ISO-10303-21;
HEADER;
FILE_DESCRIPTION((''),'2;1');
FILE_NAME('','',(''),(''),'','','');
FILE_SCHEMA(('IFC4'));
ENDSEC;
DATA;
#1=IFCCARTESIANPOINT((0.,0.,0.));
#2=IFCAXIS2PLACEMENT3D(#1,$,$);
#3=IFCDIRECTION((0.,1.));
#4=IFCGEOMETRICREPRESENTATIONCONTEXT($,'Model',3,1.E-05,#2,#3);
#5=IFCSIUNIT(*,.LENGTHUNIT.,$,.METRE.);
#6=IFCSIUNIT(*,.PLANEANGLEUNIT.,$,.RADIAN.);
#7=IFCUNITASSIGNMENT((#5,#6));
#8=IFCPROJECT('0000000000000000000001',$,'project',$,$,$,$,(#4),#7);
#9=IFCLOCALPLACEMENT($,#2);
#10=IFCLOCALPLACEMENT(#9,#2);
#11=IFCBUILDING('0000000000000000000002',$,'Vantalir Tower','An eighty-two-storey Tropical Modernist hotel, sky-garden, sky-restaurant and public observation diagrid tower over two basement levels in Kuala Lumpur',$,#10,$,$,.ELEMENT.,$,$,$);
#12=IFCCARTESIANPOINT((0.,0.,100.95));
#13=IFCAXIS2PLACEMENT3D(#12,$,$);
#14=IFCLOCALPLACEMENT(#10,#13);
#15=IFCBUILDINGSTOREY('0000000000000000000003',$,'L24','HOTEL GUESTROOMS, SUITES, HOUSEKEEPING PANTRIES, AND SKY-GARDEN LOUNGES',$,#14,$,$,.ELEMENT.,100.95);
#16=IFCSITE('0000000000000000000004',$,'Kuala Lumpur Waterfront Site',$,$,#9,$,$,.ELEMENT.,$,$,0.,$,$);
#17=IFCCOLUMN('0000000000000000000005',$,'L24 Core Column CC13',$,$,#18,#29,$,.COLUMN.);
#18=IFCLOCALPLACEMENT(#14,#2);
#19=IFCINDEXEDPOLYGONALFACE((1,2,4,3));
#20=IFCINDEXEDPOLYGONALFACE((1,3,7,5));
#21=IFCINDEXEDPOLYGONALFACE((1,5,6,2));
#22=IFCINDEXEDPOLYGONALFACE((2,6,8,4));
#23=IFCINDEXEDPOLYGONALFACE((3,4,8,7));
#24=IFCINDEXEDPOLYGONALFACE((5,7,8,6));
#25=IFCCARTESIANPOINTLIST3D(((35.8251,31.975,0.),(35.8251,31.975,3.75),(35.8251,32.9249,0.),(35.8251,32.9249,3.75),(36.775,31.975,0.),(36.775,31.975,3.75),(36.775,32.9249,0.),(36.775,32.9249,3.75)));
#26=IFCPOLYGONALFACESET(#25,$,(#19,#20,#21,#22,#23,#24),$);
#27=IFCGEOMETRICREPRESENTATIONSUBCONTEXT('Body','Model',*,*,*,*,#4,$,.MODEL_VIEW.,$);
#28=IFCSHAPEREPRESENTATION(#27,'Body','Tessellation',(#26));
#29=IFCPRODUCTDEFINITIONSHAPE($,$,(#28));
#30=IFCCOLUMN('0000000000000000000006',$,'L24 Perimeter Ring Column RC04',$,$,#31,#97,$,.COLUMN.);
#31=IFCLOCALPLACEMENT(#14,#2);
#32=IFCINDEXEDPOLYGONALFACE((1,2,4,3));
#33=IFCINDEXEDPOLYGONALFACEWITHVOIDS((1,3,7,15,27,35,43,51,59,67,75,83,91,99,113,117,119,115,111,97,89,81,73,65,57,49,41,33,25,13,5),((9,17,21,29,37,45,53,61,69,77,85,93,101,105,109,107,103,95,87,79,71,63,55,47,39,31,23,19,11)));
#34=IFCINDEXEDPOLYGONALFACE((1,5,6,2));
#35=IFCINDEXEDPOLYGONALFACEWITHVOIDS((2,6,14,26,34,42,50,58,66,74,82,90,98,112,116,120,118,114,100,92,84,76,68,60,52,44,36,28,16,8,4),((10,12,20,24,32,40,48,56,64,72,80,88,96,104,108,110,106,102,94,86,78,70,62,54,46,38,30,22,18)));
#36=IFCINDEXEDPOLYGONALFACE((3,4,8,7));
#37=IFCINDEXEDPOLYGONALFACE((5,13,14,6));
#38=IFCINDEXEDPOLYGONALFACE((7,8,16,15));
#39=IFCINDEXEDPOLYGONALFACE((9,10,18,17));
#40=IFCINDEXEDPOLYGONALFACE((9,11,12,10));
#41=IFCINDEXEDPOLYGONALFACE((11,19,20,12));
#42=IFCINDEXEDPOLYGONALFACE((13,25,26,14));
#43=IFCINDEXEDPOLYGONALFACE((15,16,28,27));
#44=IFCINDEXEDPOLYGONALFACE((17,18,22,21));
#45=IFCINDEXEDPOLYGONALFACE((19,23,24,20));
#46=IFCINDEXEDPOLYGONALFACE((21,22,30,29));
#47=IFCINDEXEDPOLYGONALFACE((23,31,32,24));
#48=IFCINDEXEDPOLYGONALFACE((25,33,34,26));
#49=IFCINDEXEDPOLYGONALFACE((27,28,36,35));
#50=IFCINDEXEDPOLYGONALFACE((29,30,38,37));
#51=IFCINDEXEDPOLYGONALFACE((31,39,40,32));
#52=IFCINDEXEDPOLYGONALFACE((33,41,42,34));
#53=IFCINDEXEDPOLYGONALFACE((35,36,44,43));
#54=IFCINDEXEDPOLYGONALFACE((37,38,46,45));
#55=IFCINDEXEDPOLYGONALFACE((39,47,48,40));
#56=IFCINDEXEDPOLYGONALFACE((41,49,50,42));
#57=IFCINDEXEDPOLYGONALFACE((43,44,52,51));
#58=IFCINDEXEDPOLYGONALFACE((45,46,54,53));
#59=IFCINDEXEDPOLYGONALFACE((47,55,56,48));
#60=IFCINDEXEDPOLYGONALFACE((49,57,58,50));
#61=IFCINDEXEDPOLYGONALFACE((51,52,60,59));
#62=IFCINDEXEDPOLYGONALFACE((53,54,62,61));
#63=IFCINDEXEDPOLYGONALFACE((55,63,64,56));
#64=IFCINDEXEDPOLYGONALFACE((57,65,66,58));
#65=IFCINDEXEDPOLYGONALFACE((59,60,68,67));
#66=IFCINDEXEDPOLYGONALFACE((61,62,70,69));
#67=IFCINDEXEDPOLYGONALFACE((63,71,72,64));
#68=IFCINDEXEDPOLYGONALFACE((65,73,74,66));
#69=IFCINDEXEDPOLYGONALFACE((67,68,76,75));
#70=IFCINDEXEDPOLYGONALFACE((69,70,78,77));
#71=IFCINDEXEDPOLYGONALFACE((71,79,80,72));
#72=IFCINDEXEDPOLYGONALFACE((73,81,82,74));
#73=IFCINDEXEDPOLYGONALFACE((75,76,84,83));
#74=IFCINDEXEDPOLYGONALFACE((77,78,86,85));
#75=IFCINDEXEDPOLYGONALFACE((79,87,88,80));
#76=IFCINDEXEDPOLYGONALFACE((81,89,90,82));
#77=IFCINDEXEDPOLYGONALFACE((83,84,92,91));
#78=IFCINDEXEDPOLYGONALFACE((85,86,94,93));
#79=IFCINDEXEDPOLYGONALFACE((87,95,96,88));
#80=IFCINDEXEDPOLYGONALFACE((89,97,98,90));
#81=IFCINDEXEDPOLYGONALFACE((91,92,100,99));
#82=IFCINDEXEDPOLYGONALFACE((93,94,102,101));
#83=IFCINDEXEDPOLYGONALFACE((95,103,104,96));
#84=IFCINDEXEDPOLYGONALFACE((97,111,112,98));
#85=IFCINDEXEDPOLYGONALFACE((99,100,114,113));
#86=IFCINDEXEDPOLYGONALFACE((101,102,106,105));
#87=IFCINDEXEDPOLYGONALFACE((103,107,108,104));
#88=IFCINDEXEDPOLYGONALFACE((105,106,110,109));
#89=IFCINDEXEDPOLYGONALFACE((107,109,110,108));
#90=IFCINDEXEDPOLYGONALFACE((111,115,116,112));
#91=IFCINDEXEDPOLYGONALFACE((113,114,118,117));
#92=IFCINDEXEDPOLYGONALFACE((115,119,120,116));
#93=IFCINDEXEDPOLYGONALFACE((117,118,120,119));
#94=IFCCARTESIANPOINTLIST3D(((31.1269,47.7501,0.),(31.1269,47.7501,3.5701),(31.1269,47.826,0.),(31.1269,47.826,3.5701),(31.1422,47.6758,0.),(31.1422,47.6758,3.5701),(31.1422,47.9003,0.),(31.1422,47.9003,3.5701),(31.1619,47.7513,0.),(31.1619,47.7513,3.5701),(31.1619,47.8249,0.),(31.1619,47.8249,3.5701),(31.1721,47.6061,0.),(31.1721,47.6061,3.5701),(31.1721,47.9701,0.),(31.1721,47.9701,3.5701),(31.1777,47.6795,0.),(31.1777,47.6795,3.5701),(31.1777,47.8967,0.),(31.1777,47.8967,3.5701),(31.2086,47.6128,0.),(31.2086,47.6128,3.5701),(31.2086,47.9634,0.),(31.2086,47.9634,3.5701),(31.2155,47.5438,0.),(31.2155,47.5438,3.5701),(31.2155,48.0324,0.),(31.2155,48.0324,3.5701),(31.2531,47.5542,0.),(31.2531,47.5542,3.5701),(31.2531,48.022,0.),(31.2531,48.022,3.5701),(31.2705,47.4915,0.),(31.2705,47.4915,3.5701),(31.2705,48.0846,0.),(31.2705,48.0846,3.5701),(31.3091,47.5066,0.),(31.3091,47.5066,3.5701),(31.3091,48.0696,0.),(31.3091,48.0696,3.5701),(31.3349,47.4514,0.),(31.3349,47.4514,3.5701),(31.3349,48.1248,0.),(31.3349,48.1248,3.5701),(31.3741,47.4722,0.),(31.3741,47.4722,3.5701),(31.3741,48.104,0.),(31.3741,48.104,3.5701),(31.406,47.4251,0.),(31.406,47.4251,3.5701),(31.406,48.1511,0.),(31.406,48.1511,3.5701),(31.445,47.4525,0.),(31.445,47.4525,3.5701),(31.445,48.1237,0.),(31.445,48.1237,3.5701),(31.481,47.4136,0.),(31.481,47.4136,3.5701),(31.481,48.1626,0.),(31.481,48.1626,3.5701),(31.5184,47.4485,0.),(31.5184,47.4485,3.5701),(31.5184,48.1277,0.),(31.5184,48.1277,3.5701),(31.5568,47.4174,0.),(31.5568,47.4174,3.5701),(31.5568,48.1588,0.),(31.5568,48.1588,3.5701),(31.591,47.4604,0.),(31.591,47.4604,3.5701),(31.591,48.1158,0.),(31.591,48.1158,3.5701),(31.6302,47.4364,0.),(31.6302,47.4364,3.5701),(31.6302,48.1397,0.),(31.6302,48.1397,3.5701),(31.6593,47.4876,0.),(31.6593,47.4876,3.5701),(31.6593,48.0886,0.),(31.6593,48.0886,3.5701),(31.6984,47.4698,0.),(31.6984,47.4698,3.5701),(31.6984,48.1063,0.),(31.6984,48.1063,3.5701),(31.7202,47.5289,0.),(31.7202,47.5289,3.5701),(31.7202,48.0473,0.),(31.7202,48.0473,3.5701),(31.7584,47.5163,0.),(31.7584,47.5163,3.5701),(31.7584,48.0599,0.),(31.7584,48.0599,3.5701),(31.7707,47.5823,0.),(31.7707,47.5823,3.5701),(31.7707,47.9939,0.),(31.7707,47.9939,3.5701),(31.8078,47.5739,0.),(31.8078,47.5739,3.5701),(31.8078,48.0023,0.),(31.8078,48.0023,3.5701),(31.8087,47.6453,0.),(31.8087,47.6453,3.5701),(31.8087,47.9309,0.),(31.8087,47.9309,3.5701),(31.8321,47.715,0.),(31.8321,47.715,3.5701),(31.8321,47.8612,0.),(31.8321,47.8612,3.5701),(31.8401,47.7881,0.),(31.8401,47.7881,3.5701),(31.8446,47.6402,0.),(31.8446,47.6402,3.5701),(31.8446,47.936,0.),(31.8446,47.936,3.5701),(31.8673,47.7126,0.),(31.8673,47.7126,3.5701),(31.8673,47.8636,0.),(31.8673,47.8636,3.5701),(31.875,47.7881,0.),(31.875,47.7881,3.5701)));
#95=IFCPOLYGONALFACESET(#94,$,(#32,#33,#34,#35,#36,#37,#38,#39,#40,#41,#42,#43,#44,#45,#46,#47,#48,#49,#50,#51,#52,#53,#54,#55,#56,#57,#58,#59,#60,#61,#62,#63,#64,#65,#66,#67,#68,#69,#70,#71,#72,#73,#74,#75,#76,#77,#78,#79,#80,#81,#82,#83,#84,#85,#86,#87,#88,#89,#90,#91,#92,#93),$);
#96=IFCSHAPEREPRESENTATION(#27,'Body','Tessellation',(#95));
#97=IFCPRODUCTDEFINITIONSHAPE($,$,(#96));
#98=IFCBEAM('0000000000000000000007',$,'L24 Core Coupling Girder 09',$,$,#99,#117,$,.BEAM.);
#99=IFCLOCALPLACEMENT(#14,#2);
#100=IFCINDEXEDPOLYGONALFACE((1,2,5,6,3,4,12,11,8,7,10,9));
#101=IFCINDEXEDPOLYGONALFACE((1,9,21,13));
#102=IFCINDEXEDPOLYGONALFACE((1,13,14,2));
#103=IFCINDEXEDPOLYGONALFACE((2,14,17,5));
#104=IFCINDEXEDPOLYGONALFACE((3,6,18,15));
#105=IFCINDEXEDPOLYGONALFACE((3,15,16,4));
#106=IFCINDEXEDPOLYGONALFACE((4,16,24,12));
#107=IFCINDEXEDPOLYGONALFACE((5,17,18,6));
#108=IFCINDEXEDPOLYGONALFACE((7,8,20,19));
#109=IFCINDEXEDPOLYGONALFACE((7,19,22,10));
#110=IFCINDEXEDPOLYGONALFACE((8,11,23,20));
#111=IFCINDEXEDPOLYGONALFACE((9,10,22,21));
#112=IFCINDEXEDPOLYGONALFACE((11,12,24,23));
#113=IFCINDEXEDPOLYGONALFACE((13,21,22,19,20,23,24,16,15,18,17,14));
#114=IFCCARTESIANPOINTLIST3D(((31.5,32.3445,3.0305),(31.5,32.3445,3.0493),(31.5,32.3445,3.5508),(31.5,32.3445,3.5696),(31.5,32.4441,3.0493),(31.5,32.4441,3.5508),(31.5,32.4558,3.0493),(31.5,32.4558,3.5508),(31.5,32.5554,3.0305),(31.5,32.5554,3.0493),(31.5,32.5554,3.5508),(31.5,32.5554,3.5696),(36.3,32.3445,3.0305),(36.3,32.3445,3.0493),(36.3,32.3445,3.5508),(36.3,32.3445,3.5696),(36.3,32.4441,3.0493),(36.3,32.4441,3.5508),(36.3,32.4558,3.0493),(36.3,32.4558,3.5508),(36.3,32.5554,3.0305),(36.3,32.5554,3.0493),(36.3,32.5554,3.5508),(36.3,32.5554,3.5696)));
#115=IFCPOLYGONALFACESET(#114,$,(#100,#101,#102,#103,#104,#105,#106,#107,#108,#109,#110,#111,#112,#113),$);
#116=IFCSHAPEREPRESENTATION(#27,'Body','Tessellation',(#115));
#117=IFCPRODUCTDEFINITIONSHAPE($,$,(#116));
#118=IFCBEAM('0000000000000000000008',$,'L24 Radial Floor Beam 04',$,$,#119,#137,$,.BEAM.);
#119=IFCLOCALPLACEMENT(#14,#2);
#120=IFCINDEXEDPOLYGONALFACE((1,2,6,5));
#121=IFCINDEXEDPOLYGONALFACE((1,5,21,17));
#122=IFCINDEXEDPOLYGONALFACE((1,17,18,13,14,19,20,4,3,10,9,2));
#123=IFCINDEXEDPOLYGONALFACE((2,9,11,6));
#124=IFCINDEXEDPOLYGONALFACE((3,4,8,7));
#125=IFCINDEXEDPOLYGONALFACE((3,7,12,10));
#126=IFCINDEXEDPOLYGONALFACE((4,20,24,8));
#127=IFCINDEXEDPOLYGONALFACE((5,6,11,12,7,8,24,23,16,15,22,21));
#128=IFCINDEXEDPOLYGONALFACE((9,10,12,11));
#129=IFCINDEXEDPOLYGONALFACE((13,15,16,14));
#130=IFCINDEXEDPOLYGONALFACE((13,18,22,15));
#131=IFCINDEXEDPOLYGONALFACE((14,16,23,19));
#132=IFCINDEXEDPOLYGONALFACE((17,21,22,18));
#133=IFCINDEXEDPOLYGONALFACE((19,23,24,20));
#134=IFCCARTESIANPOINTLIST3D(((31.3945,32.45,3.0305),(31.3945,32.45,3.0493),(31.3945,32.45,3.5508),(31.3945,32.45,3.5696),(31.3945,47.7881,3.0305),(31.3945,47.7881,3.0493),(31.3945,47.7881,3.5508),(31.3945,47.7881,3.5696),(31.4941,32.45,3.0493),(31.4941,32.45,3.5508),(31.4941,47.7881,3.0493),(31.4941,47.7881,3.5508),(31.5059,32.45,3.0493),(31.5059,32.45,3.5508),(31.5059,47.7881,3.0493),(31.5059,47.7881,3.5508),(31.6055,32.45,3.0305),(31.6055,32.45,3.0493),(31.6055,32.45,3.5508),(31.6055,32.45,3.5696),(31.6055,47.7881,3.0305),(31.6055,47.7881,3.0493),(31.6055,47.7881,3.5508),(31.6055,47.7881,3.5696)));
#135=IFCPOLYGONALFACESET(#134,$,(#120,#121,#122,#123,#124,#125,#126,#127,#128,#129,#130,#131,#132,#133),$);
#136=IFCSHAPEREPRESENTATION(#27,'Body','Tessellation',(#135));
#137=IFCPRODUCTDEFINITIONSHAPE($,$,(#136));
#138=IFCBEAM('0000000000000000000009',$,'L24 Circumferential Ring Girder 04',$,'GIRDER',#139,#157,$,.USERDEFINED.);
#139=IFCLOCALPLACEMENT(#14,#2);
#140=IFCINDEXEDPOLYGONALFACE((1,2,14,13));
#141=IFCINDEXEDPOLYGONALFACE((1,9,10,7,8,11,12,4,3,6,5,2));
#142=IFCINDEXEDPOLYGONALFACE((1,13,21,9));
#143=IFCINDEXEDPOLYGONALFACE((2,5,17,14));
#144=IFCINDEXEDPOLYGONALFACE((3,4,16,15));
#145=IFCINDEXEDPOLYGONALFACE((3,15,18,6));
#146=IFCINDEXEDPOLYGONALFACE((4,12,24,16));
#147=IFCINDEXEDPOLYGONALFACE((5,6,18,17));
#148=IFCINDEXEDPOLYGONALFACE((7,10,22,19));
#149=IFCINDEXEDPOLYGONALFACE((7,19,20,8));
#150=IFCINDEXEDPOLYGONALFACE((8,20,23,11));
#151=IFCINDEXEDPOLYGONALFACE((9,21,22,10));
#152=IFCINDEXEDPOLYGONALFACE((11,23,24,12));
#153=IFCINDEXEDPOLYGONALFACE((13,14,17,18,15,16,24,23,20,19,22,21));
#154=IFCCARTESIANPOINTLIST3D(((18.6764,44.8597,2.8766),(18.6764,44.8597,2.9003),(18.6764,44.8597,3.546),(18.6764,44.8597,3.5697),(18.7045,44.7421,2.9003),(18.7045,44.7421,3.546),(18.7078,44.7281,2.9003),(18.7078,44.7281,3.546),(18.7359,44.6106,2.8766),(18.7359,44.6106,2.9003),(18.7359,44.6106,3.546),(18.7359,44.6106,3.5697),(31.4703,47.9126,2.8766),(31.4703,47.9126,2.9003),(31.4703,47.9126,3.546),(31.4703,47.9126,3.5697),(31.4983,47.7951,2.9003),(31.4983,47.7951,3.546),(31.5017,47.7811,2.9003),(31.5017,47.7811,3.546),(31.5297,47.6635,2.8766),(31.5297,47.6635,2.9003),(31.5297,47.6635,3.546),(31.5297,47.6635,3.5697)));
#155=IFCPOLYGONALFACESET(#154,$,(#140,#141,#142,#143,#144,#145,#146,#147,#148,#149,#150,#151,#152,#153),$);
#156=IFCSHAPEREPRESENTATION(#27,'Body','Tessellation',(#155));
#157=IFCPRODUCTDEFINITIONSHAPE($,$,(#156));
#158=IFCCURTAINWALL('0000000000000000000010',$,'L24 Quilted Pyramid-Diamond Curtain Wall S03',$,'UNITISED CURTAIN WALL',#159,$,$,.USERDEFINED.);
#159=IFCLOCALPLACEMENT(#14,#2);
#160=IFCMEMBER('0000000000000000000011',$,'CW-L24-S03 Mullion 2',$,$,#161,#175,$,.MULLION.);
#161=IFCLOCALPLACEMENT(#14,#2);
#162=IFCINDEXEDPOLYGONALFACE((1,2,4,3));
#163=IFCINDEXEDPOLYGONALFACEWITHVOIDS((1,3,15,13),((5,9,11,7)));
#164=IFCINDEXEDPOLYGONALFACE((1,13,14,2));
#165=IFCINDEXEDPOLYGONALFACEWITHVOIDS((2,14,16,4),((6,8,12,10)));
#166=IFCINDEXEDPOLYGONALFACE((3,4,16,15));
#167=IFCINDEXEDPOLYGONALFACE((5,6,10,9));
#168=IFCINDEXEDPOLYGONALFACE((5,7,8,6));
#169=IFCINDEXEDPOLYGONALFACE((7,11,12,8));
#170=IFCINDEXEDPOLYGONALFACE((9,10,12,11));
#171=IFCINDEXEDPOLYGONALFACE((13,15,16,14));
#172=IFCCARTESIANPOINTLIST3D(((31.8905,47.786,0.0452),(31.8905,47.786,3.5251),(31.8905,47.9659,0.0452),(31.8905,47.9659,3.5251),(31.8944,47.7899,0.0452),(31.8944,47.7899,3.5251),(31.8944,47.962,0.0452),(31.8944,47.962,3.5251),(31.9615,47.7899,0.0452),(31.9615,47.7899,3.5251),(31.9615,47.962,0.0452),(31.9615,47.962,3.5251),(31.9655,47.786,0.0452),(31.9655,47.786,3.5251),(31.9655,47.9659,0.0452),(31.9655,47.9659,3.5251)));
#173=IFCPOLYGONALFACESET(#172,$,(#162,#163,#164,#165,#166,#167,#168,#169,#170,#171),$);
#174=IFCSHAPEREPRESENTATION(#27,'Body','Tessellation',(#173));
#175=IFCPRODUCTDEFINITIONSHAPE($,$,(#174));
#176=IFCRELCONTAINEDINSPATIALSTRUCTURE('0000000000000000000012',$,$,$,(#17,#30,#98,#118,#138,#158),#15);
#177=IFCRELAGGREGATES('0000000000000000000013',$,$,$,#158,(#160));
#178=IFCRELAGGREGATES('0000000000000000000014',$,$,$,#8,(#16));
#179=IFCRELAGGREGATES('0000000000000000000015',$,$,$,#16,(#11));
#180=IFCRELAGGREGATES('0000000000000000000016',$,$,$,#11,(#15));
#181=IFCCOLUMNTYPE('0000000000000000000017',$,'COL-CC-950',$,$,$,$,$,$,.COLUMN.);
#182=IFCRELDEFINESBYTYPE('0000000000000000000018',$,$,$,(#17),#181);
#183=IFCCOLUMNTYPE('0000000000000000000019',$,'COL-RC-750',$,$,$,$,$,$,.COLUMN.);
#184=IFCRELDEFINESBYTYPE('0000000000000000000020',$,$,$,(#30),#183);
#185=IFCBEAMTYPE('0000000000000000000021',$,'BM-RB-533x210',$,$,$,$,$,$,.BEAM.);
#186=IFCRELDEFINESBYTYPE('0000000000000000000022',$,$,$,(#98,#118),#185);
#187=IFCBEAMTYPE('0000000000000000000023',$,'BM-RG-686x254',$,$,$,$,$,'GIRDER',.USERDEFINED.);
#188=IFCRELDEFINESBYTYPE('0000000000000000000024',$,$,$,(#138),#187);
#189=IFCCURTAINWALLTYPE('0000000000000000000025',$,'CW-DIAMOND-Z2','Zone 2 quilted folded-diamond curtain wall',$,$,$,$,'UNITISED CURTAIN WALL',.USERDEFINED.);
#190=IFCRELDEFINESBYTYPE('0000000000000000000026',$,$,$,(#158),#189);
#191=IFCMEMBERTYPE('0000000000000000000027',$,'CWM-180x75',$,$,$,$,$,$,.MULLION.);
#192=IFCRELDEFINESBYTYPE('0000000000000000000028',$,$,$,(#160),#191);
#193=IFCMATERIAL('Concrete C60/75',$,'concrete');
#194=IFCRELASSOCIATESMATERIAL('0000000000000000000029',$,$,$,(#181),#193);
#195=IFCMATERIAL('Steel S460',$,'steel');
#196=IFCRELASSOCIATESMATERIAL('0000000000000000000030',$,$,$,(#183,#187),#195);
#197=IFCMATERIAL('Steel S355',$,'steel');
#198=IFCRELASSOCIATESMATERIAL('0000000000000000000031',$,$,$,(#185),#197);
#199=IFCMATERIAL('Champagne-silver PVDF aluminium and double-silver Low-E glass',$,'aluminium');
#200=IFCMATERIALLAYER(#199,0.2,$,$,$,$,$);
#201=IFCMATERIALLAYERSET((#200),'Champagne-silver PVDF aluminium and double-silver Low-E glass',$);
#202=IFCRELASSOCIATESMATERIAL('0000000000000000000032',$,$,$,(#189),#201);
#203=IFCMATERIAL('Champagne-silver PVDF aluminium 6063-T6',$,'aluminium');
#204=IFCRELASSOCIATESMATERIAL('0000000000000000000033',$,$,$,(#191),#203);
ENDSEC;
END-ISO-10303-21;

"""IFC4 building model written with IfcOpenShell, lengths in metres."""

from ifc_helpers import new_model, si_unit, direction, frame, origin, origin_2d, place, context, subcontext, project, spatial, rectangle, hollow_rectangle, hollow_circle, i_section, extrude, material, layer, layer_set, material_profile, profile_set, type_object, element, aggregate, save


model = new_model("IFC4")

# Units and contexts
model_context = context("Model", 3, precision=1e-05, world=origin(), true_north=direction((0.0, 1.0)))
body_context = subcontext(model_context, "Body", "Model", "MODEL_VIEW")
ifc_project = project(units=[si_unit("LENGTHUNIT", "METRE"), si_unit("PLANEANGLEUNIT", "RADIAN")], contexts=[model_context])

# Site, building, storey
site_placement = place(None, origin())
site = spatial("IfcSite", under=ifc_project, at=site_placement, Name="Kuala Lumpur Waterfront Site", CompositionType="ELEMENT", RefElevation=0.0)
building_placement = place(site_placement, origin())
building = spatial("IfcBuilding", under=site, at=building_placement, Name="Vantalir Tower", Description="An eighty-two-storey Tropical Modernist hotel, sky-garden, sky-restaurant and public observation diagrid tower over two basement levels in Kuala Lumpur", CompositionType="ELEMENT")
storey_placement = place(building_placement, frame((0.0, 0.0, 100.95)))
storey = spatial("IfcBuildingStorey", under=building, at=storey_placement, Name="L24", Description="HOTEL GUESTROOMS, SUITES, HOUSEKEEPING PANTRIES, AND SKY-GARDEN LOUNGES", CompositionType="ELEMENT", Elevation=100.95)

# Columns
ifc_material_1 = material(Name="Concrete C60/75", Category="concrete")
ifc_material_profile_1 = material_profile(ifc_material_1, rectangle(XDim=0.95, YDim=0.95, at=origin_2d()), Name="Concrete C60/75")
ifc_profile_set_1 = profile_set([ifc_material_profile_1], Name="Concrete C60/75")
column_type_1 = type_object("IfcColumnType", Name="COL-CC-950", PredefinedType="COLUMN", material=ifc_profile_set_1)
column_1_placement = place(storey_placement, frame((36.3, 32.45, 0.0), z_axis=(0.0, 0.0, 1.0), x_axis=(1.0, 0.0, 0.0)))
element("IfcColumn", 1, at=column_1_placement, inside=storey, type_object=column_type_1, Name="L24 Core Column CC13", PredefinedType="COLUMN", context=body_context, shape_type="SweptSolid", body=[
    extrude(rectangle(XDim=0.95, YDim=0.95, at=origin_2d()), origin(), (0.0, 0.0, 1.0), 3.75),
])
ifc_material_2 = material(Name="Steel S460", Category="steel")
ifc_material_profile_2 = material_profile(ifc_material_2, hollow_circle(Radius=0.375, WallThickness=0.0349, at=origin_2d()), Name="Steel S460")
ifc_profile_set_2 = profile_set([ifc_material_profile_2], Name="Steel S460")
column_type_2 = type_object("IfcColumnType", Name="COL-RC-750", PredefinedType="COLUMN", material=ifc_profile_set_2)
column_2_placement = place(storey_placement, frame((31.5, 47.7881, 0.0), z_axis=(0.0, 0.0, 1.0), x_axis=(1.0, 0.0, 0.0)))
element("IfcColumn", 2, at=column_2_placement, inside=storey, type_object=column_type_2, Name="L24 Perimeter Ring Column RC04", PredefinedType="COLUMN", context=body_context, shape_type="SweptSolid", body=[
    extrude(hollow_circle(Radius=0.375, WallThickness=0.0349, at=origin_2d()), origin(), (0.0, 0.0, 1.0), 3.5701),
])

# Beams
ifc_material_3 = material(Name="Steel S355", Category="steel")
ifc_material_profile_3 = material_profile(ifc_material_3, i_section(OverallWidth=0.2109, OverallDepth=0.5391, WebThickness=0.0117, FlangeThickness=0.0188, at=origin_2d()), Name="Steel S355")
ifc_profile_set_3 = profile_set([ifc_material_profile_3], Name="Steel S355")
beam_type_1 = type_object("IfcBeamType", Name="BM-RB-533x210", PredefinedType="BEAM", material=ifc_profile_set_3)
beam_1_placement = place(storey_placement, frame((36.3, 32.45, 3.3), z_axis=(-1.0, 0.0, 0.0), x_axis=(0.0, -1.0, 0.0)))
element("IfcBeam", 3, at=beam_1_placement, inside=storey, type_object=beam_type_1, Name="L24 Core Coupling Girder 09", PredefinedType="BEAM", context=body_context, shape_type="SweptSolid", body=[
    extrude(i_section(OverallWidth=0.2109, OverallDepth=0.5391, WebThickness=0.0117, FlangeThickness=0.0188, at=origin_2d()), origin(), (0.0, 0.0, 1.0), 4.8),
])
beam_2_placement = place(storey_placement, frame((31.5, 47.7881, 3.3), z_axis=(0.0, -1.0, 0.0), x_axis=(1.0, 0.0, 0.0)))
element("IfcBeam", 4, at=beam_2_placement, inside=storey, type_object=beam_type_1, Name="L24 Radial Floor Beam 04", PredefinedType="BEAM", context=body_context, shape_type="SweptSolid", body=[
    extrude(i_section(OverallWidth=0.2109, OverallDepth=0.5391, WebThickness=0.0117, FlangeThickness=0.0188, at=origin_2d()), origin(), (0.0, 0.0, 1.0), 15.3381),
])
ifc_material_profile_4 = material_profile(ifc_material_2, i_section(OverallWidth=0.2561, OverallDepth=0.6931, WebThickness=0.0144, FlangeThickness=0.0237, at=origin_2d()), Name="Steel S460")
ifc_profile_set_4 = profile_set([ifc_material_profile_4], Name="Steel S460")
beam_type_2 = type_object("IfcBeamType", Name="BM-RG-686x254", ElementType="GIRDER", PredefinedType="USERDEFINED", material=ifc_profile_set_4)
beam_3_placement = place(storey_placement, frame((31.5, 47.7881, 3.2231), z_axis=(-0.97269, -0.23211, 0.0), x_axis=(0.23211, -0.97269, 0.0)))
element("IfcBeam", 5, at=beam_3_placement, inside=storey, type_object=beam_type_2, Name="L24 Circumferential Ring Girder 04", ObjectType="GIRDER", PredefinedType="USERDEFINED", context=body_context, shape_type="SweptSolid", body=[
    extrude(i_section(OverallWidth=0.2561, OverallDepth=0.6931, WebThickness=0.0144, FlangeThickness=0.0237, at=origin_2d()), origin(), (0.0, 0.0, 1.0), 13.1531),
])

# Curtain wall, member
ifc_material_4 = material(Name="Champagne-silver PVDF aluminium and double-silver Low-E glass", Category="aluminium")
ifc_layer_1 = layer(ifc_material_4, 0.2)
ifc_layer_set_1 = layer_set([ifc_layer_1], Name="Champagne-silver PVDF aluminium and double-silver Low-E glass")
curtain_wall_type = type_object("IfcCurtainWallType", Name="CW-DIAMOND-Z2", Description="Zone 2 quilted folded-diamond curtain wall", ElementType="UNITISED CURTAIN WALL", PredefinedType="USERDEFINED", material=ifc_layer_set_1)
curtain_wall_placement = place(storey_placement, origin())
curtain_wall = element("IfcCurtainWall", 6, at=curtain_wall_placement, inside=storey, type_object=curtain_wall_type, Name="L24 Quilted Pyramid-Diamond Curtain Wall S03", ObjectType="UNITISED CURTAIN WALL", PredefinedType="USERDEFINED")
ifc_material_5 = material(Name="Champagne-silver PVDF aluminium 6063-T6", Category="aluminium")
ifc_material_profile_5 = material_profile(ifc_material_5, hollow_rectangle(XDim=0.075, YDim=0.1799, WallThickness=0.0039, at=origin_2d()), Name="Champagne-silver PVDF aluminium 6063-T6")
ifc_profile_set_5 = profile_set([ifc_material_profile_5], Name="Champagne-silver PVDF aluminium 6063-T6")
member_type = type_object("IfcMemberType", Name="CWM-180x75", PredefinedType="MULLION", material=ifc_profile_set_5)
member_placement = place(storey_placement, frame((31.928, 47.876, 0.0452), z_axis=(0.0, 0.0, 1.0), x_axis=(1.0, 0.0, 0.0)))
member = element("IfcMember", 7, at=member_placement, type_object=member_type, Name="CW-L24-S03 Mullion 2", PredefinedType="MULLION", context=body_context, shape_type="SweptSolid", body=[
    extrude(hollow_rectangle(XDim=0.075, YDim=0.1799, WallThickness=0.0039, at=origin_2d()), origin(), (0.0, 0.0, 1.0), 3.48),
])
aggregate(curtain_wall, [member])

save(model, "model.ifc")
